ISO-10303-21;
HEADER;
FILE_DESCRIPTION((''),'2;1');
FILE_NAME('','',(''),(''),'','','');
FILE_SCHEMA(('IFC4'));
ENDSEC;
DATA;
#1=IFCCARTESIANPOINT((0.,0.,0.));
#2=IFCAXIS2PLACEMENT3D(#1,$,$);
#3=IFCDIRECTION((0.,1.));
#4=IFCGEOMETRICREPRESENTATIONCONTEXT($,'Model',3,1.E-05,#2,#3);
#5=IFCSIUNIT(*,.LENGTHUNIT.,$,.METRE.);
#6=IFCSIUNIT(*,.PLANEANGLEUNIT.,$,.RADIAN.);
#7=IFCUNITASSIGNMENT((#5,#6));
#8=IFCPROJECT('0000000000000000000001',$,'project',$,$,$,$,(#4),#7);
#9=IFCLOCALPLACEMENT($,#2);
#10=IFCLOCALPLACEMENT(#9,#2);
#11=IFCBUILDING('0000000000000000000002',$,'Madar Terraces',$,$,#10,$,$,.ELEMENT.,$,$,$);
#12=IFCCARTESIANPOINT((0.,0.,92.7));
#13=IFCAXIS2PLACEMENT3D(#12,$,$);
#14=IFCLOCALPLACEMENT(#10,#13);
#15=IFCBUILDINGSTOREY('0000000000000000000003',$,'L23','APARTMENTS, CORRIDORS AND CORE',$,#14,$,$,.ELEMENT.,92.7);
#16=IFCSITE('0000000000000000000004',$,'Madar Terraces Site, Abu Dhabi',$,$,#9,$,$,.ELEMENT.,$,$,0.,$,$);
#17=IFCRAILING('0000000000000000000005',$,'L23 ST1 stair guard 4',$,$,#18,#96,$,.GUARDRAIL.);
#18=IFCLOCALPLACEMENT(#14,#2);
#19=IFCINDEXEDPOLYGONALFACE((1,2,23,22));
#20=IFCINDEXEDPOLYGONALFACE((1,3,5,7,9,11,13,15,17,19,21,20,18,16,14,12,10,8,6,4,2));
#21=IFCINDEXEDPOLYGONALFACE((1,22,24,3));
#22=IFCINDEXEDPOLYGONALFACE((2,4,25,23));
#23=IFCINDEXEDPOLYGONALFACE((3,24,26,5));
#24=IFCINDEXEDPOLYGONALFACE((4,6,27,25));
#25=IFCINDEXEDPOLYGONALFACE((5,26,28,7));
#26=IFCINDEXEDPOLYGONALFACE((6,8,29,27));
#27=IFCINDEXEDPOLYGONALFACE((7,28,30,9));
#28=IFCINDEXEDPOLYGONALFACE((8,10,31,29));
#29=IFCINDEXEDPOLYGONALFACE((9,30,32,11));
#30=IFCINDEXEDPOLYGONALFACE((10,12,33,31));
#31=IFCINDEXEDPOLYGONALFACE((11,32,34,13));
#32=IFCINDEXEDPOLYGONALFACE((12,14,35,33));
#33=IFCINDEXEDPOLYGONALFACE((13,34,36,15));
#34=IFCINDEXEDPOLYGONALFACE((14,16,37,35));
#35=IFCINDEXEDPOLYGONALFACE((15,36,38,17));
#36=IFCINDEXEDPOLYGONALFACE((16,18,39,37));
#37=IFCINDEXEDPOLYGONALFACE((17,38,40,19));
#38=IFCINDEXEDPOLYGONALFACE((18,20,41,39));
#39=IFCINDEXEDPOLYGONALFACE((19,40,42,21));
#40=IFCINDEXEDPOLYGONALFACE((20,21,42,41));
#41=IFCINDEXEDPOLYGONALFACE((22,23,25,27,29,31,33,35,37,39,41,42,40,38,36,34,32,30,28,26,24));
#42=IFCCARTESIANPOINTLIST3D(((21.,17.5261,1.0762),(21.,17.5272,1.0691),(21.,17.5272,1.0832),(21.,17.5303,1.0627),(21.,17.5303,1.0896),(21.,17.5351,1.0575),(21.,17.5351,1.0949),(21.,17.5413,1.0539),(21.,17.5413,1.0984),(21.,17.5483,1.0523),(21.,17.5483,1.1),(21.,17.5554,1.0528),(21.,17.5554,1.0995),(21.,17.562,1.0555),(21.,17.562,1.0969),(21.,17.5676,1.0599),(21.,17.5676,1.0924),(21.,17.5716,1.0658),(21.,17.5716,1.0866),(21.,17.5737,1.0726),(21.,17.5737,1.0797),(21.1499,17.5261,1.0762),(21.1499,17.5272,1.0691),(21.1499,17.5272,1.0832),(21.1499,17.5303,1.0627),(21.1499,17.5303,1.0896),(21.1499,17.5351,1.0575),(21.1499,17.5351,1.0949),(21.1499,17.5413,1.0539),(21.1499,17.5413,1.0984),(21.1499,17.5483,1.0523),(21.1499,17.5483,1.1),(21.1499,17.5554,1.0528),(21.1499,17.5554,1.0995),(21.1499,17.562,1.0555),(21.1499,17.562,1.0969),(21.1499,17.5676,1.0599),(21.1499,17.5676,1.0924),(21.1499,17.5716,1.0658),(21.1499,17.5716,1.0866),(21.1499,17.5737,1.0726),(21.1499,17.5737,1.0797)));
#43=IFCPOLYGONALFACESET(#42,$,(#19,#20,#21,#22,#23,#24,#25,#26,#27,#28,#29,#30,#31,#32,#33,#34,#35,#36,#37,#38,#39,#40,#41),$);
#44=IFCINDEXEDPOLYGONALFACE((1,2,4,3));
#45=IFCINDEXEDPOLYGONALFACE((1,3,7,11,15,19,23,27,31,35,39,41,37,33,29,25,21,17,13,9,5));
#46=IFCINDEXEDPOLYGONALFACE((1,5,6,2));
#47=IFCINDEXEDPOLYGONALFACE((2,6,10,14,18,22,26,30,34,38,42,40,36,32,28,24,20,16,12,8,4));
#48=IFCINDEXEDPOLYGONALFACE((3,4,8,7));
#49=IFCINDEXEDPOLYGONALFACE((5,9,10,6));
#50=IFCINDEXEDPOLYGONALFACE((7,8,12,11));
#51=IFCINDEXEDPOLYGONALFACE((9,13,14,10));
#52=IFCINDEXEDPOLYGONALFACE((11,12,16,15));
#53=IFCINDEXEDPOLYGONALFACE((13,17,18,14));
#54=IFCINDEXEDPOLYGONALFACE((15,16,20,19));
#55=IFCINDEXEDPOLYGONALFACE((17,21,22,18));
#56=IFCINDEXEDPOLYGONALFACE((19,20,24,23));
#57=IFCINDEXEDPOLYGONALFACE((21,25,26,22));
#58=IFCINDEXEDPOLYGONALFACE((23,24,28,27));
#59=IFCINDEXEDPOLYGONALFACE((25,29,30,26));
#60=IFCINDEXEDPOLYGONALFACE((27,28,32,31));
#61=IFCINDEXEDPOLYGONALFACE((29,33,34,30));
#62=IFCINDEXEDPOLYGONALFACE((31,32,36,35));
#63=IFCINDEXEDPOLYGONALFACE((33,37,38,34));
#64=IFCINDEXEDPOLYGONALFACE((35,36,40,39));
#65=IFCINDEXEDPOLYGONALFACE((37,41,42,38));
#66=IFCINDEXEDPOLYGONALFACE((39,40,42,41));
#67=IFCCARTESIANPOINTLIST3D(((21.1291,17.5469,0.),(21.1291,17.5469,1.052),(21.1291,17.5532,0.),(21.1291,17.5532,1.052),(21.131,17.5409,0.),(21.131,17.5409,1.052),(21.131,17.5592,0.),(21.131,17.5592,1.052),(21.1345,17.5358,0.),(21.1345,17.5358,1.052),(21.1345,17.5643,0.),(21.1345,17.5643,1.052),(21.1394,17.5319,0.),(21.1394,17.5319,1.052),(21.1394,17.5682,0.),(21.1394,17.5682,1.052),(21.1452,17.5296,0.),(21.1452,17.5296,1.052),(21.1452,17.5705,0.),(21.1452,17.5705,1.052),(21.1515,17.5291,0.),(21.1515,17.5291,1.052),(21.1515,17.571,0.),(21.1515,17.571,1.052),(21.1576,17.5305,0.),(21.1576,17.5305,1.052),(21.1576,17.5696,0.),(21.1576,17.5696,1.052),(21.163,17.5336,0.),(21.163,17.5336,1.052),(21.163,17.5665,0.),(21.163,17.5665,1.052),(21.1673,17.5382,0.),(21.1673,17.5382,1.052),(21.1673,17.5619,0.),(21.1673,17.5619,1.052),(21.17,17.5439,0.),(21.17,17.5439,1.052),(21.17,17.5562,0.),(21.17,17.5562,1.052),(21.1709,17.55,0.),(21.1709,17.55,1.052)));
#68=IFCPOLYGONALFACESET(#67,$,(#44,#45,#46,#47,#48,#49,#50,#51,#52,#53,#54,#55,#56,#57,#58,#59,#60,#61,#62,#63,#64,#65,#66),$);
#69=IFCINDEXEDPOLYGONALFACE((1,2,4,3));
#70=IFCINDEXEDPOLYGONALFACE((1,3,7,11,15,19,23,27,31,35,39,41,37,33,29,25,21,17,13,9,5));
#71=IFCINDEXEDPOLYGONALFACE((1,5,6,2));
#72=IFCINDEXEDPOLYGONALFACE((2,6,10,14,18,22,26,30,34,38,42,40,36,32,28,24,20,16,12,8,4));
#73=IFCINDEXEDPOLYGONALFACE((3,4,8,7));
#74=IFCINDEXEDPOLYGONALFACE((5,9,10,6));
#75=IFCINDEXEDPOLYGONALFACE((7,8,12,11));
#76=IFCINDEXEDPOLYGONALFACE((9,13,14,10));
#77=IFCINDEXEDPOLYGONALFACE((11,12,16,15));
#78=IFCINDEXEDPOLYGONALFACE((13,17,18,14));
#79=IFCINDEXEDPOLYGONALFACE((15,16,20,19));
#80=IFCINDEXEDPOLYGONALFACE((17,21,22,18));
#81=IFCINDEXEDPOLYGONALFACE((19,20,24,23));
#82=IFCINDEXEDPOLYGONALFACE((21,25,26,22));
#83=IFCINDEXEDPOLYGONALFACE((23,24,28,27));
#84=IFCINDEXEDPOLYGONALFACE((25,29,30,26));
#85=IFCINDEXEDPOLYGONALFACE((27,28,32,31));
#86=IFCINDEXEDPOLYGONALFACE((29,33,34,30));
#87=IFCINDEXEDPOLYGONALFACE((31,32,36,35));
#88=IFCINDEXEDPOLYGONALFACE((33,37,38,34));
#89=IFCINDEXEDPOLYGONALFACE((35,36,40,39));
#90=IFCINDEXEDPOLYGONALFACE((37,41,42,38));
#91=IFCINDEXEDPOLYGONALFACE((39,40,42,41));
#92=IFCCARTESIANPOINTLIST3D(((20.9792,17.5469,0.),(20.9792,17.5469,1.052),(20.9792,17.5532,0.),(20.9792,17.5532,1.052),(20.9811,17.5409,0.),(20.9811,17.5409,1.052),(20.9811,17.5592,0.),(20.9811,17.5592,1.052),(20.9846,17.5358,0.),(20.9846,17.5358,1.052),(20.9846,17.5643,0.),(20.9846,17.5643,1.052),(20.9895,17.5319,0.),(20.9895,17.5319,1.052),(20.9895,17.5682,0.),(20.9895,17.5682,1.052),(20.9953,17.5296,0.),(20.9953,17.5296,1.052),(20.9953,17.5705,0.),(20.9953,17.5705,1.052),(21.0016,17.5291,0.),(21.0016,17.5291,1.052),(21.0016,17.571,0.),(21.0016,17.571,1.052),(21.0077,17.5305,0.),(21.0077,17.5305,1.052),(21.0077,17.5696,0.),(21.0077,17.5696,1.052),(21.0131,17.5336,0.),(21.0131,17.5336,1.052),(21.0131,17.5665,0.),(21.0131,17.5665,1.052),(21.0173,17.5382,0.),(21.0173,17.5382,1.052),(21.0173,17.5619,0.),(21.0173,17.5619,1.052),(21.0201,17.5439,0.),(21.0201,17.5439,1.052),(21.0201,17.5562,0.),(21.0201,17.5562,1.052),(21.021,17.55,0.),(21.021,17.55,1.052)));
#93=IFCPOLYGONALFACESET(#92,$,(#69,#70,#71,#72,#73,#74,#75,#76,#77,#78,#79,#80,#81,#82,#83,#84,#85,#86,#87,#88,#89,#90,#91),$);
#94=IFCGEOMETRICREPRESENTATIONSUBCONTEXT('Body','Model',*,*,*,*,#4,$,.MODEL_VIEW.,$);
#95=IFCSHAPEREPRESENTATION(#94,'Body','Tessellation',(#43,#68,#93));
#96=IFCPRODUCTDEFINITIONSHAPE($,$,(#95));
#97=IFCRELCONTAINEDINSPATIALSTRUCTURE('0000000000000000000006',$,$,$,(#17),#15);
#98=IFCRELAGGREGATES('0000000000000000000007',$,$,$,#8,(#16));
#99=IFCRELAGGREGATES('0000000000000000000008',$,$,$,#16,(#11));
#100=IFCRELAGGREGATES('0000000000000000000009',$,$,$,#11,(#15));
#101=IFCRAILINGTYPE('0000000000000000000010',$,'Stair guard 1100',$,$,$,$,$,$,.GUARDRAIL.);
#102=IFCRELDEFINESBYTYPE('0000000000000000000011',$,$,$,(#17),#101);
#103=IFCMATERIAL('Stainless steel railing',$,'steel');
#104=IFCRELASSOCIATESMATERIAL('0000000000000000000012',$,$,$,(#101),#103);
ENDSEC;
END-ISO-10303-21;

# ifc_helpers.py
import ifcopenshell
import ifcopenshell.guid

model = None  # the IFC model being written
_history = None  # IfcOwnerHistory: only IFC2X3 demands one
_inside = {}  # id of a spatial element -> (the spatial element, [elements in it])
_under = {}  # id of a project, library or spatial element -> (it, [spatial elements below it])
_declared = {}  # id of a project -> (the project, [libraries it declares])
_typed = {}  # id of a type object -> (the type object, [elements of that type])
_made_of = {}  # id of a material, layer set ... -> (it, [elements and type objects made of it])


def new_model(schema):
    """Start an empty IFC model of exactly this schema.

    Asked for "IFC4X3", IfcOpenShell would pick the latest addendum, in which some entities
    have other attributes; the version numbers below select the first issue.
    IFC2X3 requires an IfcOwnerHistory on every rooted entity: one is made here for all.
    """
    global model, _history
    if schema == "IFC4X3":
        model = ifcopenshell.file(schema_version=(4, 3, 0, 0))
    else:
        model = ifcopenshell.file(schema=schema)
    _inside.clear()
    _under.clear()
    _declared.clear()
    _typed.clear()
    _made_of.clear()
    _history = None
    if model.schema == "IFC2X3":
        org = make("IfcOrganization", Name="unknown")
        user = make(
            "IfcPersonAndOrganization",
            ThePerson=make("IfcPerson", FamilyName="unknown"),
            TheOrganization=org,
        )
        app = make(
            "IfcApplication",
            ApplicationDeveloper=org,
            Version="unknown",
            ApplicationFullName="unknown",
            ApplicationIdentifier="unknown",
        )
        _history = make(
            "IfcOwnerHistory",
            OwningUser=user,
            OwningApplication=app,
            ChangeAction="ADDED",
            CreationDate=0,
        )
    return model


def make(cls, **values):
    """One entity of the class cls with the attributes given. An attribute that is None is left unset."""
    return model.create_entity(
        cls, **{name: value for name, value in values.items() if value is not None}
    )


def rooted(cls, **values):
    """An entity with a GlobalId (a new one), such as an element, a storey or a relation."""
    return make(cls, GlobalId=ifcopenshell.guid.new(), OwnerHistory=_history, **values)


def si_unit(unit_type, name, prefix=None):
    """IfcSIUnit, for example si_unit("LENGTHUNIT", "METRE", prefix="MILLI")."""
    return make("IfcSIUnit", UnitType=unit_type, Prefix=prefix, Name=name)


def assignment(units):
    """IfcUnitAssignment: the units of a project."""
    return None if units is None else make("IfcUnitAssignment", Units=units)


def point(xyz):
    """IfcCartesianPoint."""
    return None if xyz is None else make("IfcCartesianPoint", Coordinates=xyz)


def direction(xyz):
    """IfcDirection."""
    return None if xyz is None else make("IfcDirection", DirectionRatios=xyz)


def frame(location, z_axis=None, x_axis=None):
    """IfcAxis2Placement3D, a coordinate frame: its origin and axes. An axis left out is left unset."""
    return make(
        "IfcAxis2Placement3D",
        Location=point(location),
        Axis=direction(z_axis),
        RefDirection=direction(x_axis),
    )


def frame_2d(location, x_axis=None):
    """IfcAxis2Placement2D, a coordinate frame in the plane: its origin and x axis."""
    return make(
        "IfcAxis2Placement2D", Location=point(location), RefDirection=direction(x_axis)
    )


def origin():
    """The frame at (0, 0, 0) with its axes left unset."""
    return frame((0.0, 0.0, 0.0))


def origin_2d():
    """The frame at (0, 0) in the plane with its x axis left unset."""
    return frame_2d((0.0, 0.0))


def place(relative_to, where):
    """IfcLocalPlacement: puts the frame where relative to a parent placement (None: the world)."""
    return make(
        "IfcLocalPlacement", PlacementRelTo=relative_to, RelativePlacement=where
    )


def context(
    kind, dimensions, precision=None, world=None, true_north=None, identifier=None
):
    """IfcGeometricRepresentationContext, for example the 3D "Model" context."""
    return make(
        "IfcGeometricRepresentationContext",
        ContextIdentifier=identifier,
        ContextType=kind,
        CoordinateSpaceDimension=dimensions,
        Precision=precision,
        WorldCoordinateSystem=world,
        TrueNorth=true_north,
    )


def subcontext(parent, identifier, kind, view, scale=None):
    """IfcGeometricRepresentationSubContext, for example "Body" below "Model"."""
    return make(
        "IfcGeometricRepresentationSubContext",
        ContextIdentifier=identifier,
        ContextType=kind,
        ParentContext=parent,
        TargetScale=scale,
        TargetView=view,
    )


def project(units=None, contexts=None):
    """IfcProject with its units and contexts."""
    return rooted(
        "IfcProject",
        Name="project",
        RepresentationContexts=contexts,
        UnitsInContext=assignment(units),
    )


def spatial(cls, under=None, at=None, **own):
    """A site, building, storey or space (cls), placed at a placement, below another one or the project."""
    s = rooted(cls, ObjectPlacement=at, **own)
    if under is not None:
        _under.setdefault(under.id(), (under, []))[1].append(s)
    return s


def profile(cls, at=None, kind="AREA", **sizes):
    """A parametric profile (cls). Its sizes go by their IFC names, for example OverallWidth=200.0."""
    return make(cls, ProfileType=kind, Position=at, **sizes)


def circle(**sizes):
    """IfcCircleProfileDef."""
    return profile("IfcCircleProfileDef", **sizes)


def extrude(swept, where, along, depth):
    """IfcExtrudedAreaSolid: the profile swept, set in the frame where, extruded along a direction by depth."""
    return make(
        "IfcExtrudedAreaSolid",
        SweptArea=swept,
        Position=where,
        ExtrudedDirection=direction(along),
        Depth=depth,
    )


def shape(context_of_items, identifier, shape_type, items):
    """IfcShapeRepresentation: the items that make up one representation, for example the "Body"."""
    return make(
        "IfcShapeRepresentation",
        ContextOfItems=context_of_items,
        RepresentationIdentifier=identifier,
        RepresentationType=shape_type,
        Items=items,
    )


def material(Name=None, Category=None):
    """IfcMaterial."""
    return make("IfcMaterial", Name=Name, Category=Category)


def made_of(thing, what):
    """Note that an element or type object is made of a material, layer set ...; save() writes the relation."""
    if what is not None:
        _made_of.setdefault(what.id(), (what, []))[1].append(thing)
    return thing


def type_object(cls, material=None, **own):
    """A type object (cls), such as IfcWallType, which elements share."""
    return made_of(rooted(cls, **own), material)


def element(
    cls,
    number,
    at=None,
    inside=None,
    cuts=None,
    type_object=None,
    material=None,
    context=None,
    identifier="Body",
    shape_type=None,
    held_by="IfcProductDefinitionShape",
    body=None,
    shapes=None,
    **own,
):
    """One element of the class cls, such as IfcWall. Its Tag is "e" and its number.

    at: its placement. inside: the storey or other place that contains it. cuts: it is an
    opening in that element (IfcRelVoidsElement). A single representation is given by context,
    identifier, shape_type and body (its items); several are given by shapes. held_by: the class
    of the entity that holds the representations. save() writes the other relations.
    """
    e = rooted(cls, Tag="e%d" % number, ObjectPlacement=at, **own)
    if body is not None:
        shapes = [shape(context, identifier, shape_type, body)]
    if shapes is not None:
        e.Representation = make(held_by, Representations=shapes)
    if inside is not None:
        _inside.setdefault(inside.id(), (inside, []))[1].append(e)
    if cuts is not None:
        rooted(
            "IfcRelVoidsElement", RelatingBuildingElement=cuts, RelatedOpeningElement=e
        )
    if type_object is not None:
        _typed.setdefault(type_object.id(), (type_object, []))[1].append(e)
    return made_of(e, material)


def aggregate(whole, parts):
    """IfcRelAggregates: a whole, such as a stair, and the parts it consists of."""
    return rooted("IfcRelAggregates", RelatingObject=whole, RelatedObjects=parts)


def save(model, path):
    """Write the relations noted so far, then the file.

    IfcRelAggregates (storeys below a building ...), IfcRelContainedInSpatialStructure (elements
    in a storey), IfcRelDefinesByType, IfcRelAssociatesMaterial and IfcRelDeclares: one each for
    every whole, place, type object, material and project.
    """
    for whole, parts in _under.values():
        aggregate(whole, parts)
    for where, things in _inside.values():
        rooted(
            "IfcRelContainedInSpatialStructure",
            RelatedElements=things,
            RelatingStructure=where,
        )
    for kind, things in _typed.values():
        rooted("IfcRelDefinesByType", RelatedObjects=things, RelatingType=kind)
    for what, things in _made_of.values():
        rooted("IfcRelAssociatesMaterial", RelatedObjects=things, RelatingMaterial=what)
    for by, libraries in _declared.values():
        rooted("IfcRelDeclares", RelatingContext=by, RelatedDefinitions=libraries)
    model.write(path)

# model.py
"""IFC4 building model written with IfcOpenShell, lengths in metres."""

from ifc_helpers import new_model, si_unit, direction, frame, origin, origin_2d, place, context, subcontext, project, spatial, circle, extrude, material, type_object, element, save


model = new_model("IFC4")

# Units and contexts
model_context = context("Model", 3, precision=1e-05, world=origin(), true_north=direction((0.0, 1.0)))
body_context = subcontext(model_context, "Body", "Model", "MODEL_VIEW")
ifc_project = project(units=[si_unit("LENGTHUNIT", "METRE"), si_unit("PLANEANGLEUNIT", "RADIAN")], contexts=[model_context])

# Site, building, storey
site_placement = place(None, origin())
site = spatial("IfcSite", under=ifc_project, at=site_placement, Name="Madar Terraces Site, Abu Dhabi", CompositionType="ELEMENT", RefElevation=0.0)
building_placement = place(site_placement, origin())
building = spatial("IfcBuilding", under=site, at=building_placement, Name="Madar Terraces", CompositionType="ELEMENT")
storey_placement = place(building_placement, frame((0.0, 0.0, 92.7)))
storey = spatial("IfcBuildingStorey", under=building, at=storey_placement, Name="L23", Description="APARTMENTS, CORRIDORS AND CORE", CompositionType="ELEMENT", Elevation=92.7)

# Railing
ifc_material_1 = material(Name="Stainless steel railing", Category="steel")
railing_type_1 = type_object("IfcRailingType", Name="Stair guard 1100", PredefinedType="GUARDRAIL", material=ifc_material_1)
railing_1_placement = place(storey_placement, frame((21.1499, 17.55, 0.0)))
element("IfcRailing", 1, at=railing_1_placement, inside=storey, type_object=railing_type_1, Name="L23 ST1 stair guard 4", PredefinedType="GUARDRAIL", context=body_context, shape_type="SweptSolid", body=[
    extrude(circle(Radius=0.0239, at=origin_2d()), frame((0.0, 0.0, 1.0762), z_axis=(-1.0, 0.0, 0.0), x_axis=(0.0, -1.0, 0.0)), (0.0, 0.0, 1.0), 0.1499),
    extrude(circle(Radius=0.021, at=origin_2d()), origin(), (0.0, 0.0, 1.0), 1.052),
    extrude(circle(Radius=0.021, at=origin_2d()), frame((-0.1499, 0.0, 0.0)), (0.0, 0.0, 1.0), 1.052),
])

save(model, "model.ifc")
